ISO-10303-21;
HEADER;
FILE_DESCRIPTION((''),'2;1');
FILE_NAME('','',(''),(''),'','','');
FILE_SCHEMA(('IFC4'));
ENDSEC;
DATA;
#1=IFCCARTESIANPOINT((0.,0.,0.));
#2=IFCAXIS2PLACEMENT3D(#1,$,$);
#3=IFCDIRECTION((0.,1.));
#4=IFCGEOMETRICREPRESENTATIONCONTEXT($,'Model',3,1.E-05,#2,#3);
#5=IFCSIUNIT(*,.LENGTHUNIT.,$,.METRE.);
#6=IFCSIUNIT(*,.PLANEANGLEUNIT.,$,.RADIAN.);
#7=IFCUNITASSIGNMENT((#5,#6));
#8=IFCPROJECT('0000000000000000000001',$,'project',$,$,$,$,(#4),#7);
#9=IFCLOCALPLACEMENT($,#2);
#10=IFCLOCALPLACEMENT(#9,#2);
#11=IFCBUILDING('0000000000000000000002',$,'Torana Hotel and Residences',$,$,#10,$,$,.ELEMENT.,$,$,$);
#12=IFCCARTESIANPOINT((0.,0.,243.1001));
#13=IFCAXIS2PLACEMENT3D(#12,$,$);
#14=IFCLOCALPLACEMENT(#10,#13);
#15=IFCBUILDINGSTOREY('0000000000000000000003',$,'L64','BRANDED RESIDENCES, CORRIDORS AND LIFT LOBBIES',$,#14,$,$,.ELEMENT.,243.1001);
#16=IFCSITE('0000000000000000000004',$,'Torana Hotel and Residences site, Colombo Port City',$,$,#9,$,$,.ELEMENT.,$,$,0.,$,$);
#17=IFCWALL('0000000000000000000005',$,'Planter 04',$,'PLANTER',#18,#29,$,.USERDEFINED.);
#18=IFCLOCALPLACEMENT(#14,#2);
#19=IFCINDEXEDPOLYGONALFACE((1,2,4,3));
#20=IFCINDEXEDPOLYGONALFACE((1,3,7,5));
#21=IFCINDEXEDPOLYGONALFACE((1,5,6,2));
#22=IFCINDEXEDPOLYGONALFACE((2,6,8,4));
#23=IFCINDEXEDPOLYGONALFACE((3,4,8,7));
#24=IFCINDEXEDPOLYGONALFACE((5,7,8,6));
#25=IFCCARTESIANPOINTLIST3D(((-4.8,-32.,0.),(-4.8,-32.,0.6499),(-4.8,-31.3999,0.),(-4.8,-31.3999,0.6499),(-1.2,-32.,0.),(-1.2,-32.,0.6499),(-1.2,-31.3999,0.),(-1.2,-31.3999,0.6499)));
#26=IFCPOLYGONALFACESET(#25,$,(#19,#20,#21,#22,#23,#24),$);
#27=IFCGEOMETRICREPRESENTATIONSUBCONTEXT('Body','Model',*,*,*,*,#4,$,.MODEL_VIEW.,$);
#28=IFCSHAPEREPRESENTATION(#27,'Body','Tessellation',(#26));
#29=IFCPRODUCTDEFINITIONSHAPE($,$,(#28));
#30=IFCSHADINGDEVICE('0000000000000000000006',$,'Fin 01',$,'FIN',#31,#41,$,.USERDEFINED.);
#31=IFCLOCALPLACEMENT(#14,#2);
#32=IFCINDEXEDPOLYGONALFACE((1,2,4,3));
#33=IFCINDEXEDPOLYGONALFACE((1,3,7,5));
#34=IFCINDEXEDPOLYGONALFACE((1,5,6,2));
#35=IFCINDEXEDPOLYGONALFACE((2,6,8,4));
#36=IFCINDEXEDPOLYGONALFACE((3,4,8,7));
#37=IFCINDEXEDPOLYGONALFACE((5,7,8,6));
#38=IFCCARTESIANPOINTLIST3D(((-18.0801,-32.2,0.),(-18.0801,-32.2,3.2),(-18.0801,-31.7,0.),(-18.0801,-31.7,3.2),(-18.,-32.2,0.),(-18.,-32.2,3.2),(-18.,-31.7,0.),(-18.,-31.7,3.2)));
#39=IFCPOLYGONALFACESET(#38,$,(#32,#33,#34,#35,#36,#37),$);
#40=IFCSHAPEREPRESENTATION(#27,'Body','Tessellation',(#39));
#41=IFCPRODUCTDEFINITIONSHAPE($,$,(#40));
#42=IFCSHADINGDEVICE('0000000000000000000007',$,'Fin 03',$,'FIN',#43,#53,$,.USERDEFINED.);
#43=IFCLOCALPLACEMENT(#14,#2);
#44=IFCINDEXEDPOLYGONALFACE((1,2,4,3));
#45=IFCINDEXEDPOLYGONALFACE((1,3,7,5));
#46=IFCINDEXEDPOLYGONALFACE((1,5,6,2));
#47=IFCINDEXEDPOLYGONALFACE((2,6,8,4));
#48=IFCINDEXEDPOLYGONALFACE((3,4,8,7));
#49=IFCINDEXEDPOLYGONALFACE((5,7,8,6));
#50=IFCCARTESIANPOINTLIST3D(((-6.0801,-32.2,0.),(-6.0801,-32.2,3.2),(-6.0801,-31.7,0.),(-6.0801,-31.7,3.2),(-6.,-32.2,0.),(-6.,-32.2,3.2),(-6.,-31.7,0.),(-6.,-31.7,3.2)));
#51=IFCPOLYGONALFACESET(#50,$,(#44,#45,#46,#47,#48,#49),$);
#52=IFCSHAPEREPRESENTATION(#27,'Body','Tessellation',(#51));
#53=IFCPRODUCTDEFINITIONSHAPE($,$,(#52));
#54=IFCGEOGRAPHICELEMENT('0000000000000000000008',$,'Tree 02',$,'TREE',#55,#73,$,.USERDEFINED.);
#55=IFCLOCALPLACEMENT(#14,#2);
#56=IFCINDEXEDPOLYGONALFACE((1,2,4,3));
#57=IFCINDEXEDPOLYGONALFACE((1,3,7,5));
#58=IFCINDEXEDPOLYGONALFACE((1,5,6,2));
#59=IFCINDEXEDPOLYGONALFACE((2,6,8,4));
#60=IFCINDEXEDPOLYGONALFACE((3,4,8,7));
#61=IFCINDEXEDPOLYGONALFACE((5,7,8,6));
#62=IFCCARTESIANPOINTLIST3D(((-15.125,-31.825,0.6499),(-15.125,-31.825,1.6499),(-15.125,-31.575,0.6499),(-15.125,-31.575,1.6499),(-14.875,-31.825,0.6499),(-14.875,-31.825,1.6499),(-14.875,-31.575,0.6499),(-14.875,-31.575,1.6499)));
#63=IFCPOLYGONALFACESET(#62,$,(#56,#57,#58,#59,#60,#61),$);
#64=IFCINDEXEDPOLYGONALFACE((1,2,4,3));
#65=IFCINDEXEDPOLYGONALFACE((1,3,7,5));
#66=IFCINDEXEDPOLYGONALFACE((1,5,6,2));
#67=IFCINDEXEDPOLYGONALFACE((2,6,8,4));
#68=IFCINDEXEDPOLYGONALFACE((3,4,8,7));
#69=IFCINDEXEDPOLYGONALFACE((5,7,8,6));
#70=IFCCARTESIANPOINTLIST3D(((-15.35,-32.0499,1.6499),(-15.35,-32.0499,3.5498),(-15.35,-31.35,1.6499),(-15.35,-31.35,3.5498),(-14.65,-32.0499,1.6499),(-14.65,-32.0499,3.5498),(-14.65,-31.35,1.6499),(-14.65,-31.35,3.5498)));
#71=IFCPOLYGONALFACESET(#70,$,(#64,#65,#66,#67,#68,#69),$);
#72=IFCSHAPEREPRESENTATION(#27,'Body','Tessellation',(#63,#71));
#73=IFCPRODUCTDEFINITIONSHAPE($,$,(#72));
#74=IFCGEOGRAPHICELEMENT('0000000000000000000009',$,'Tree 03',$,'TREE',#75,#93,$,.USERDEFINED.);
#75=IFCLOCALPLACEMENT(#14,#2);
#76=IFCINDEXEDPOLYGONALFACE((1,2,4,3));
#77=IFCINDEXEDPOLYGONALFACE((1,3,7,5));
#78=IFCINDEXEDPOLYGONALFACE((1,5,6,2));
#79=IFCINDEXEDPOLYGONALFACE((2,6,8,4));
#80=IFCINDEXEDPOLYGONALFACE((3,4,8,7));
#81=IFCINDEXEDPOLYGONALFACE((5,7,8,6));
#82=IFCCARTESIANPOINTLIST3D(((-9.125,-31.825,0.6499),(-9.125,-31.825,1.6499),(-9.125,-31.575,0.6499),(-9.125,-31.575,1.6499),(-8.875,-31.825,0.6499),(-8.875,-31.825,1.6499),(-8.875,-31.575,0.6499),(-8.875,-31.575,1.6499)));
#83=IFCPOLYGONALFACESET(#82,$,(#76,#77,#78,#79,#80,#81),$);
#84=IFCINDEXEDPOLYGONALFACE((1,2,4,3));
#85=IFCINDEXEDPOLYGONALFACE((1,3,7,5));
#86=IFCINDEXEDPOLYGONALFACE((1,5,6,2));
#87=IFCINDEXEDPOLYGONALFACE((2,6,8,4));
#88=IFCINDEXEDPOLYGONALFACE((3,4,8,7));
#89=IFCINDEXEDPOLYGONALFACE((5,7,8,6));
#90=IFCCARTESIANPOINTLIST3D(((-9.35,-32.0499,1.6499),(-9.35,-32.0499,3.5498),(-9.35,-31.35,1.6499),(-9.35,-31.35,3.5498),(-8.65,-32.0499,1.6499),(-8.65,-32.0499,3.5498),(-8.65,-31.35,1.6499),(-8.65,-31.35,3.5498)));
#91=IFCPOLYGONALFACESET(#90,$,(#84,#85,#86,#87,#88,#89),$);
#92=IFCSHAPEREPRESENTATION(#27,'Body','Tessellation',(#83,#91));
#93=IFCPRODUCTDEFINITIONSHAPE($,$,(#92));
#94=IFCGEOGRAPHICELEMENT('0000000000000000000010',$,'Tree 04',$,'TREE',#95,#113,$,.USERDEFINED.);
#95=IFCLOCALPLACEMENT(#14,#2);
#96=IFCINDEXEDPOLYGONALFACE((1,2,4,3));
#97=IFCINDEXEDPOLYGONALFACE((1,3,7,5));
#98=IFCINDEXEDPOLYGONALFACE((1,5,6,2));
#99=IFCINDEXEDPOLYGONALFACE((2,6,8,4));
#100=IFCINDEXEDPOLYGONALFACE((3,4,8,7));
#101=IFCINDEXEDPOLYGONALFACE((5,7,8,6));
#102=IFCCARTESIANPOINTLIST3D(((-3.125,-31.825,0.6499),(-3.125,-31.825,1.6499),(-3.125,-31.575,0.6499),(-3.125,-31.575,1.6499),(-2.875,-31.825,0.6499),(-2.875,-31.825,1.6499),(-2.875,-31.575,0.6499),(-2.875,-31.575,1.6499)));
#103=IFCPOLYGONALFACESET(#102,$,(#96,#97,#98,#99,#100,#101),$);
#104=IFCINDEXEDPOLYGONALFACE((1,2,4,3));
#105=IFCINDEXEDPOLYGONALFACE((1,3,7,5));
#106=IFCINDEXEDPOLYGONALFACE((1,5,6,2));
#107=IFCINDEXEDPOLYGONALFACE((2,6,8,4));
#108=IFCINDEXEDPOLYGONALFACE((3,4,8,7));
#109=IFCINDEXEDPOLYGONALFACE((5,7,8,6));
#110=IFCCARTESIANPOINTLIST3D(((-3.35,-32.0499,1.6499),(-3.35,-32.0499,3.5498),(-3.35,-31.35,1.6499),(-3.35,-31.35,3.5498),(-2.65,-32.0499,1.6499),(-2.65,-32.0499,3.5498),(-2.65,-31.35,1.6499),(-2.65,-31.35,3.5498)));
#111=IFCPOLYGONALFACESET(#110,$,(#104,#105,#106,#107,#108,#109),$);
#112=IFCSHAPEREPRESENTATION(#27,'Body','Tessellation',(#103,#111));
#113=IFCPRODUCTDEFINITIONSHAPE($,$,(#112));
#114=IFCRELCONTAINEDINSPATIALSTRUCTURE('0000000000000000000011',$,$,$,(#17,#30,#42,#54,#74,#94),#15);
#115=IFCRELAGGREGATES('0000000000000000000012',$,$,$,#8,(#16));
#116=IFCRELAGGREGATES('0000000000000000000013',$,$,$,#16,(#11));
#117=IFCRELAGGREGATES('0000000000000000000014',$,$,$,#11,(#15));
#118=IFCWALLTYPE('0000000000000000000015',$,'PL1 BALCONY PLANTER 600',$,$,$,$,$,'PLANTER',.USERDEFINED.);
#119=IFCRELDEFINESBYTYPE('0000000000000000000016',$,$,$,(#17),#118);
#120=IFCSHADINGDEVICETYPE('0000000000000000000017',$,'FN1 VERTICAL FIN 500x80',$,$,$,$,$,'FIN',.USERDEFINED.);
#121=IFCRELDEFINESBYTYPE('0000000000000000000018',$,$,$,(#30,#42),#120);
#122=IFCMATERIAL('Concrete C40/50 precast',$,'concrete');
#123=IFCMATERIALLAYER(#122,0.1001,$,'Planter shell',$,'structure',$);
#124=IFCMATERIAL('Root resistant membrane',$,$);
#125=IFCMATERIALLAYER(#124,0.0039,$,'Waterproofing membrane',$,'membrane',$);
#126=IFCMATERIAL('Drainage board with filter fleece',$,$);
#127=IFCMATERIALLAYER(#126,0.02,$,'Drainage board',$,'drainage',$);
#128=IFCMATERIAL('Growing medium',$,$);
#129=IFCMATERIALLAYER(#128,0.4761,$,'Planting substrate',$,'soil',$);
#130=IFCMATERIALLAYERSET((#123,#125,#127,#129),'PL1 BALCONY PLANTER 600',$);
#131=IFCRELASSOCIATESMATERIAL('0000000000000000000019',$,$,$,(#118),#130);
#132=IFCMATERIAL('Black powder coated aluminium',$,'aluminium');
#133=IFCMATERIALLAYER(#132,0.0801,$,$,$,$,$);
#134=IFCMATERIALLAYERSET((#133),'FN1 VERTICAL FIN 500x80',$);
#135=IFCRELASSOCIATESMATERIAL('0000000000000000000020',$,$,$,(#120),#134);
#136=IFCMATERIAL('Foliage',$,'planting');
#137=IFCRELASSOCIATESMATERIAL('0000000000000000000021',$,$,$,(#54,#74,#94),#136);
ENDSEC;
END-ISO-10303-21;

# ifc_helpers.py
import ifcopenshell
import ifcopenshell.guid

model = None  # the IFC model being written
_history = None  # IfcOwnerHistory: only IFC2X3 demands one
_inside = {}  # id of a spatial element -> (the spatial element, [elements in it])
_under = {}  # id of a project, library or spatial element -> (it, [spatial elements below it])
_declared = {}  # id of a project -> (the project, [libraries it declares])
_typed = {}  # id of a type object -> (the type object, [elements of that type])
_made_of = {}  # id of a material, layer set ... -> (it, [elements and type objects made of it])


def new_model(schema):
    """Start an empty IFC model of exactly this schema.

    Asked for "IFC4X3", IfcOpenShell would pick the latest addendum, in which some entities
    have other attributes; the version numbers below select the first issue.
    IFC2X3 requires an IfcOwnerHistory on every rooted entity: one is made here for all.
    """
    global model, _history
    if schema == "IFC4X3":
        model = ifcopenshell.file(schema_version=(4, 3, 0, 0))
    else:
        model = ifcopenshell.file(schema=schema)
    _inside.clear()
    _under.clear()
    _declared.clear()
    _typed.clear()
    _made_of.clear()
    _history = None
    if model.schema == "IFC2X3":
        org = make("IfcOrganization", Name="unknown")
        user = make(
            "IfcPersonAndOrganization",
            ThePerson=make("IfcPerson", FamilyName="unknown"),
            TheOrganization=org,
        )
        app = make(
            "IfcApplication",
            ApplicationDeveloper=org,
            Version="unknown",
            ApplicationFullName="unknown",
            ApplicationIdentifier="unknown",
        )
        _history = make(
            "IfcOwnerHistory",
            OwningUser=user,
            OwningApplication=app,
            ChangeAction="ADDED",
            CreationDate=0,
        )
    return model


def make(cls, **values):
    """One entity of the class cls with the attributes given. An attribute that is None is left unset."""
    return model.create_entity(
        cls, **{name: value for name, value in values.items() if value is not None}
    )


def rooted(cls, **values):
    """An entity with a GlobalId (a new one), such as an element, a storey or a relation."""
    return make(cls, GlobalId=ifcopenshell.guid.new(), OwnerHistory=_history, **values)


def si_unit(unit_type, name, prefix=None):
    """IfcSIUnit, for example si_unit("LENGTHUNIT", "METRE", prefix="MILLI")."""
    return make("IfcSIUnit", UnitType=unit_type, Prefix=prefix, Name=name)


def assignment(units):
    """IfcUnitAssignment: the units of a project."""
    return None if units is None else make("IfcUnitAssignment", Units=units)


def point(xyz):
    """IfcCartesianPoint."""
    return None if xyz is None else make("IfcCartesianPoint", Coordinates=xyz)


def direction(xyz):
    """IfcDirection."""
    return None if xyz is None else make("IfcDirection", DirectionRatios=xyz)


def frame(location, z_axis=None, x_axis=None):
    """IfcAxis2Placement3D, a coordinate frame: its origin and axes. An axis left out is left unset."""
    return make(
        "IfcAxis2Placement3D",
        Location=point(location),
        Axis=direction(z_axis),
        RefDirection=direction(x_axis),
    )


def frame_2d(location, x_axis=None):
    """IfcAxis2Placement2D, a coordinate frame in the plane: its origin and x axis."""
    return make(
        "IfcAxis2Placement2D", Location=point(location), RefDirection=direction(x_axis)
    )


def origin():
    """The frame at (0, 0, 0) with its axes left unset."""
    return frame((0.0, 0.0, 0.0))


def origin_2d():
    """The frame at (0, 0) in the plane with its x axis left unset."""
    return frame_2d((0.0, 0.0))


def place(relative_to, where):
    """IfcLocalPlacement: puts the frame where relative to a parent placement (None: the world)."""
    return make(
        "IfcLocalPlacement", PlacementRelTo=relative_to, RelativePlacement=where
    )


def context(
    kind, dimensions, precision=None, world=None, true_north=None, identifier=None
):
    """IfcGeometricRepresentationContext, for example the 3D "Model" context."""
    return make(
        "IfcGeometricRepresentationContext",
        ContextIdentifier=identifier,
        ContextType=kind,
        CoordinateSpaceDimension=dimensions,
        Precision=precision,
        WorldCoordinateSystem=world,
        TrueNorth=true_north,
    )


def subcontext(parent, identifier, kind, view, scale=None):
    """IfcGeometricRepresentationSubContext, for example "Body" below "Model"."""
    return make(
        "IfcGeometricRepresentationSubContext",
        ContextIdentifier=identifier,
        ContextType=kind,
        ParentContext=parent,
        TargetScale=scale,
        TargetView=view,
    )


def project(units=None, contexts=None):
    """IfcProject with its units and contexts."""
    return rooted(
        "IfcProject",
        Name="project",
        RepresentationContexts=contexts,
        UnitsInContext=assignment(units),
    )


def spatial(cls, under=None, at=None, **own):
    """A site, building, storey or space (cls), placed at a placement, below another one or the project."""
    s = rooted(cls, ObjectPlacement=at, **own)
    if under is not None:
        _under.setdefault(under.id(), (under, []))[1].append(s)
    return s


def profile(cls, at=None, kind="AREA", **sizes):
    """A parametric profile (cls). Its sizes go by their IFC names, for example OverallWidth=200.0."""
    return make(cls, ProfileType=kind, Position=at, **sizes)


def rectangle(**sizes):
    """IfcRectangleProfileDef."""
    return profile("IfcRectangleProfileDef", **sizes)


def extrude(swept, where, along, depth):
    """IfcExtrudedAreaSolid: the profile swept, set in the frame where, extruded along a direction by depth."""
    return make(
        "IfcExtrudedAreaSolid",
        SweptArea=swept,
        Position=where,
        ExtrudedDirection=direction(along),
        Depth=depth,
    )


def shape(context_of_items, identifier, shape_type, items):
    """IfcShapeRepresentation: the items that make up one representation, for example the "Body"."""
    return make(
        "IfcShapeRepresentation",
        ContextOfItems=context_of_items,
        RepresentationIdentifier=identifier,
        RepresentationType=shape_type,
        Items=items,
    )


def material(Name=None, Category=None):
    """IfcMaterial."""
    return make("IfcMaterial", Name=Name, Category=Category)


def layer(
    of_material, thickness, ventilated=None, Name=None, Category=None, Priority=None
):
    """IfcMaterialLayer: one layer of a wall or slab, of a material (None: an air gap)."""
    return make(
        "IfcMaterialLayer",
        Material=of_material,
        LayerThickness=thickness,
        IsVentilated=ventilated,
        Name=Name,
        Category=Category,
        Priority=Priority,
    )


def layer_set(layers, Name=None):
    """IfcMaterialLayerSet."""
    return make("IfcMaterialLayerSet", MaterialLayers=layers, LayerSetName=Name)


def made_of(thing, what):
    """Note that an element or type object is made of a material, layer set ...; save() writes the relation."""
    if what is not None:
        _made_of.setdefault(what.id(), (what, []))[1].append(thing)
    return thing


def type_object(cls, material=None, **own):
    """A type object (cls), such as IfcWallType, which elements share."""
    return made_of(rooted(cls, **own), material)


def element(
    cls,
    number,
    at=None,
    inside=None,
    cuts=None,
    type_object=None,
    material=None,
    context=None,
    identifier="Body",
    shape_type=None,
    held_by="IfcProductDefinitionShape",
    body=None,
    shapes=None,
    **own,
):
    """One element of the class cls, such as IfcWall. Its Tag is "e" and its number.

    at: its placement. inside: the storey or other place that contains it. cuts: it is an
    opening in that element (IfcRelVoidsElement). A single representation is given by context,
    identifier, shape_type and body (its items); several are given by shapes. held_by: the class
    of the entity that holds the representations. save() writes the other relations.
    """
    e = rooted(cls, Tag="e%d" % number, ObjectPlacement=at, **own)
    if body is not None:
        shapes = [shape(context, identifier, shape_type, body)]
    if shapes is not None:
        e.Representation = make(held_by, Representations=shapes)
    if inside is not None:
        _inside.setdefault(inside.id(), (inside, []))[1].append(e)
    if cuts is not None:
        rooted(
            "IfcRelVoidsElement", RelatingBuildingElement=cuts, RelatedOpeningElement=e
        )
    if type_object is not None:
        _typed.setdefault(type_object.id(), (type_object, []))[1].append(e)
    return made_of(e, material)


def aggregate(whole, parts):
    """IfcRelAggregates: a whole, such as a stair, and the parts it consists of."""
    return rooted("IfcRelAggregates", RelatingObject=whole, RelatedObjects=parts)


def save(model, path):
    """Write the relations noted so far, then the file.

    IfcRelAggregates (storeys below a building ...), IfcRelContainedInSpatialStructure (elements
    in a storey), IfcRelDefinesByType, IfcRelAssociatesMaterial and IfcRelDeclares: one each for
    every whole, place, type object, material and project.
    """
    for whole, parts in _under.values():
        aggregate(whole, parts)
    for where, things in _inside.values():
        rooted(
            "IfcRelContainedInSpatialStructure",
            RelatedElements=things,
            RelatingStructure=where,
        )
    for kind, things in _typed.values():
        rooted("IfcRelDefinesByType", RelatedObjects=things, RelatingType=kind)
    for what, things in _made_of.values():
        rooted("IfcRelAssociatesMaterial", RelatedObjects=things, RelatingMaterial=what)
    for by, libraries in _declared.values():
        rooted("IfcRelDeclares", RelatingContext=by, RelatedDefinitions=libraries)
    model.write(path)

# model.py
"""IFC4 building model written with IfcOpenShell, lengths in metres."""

from ifc_helpers import new_model, si_unit, direction, frame, frame_2d, origin, origin_2d, place, context, subcontext, project, spatial, rectangle, extrude, material, layer, layer_set, type_object, element, save


model = new_model("IFC4")

# Units and contexts
model_context = context("Model", 3, precision=1e-05, world=origin(), true_north=direction((0.0, 1.0)))
body_context = subcontext(model_context, "Body", "Model", "MODEL_VIEW")
ifc_project = project(units=[si_unit("LENGTHUNIT", "METRE"), si_unit("PLANEANGLEUNIT", "RADIAN")], contexts=[model_context])

# Site, building, storey
site_placement = place(None, origin())
site = spatial("IfcSite", under=ifc_project, at=site_placement, Name="Torana Hotel and Residences site, Colombo Port City", CompositionType="ELEMENT", RefElevation=0.0)
building_placement = place(site_placement, origin())
building = spatial("IfcBuilding", under=site, at=building_placement, Name="Torana Hotel and Residences", CompositionType="ELEMENT")
storey_placement = place(building_placement, frame((0.0, 0.0, 243.1001)))
storey = spatial("IfcBuildingStorey", under=building, at=storey_placement, Name="L64", Description="BRANDED RESIDENCES, CORRIDORS AND LIFT LOBBIES", CompositionType="ELEMENT", Elevation=243.1001)

# Wall
ifc_material_1 = material(Name="Concrete C40/50 precast", Category="concrete")
ifc_layer_1 = layer(ifc_material_1, 0.1001, Name="Planter shell", Category="structure")
ifc_material_2 = material(Name="Root resistant membrane")
ifc_layer_2 = layer(ifc_material_2, 0.0039, Name="Waterproofing membrane", Category="membrane")
ifc_material_3 = material(Name="Drainage board with filter fleece")
ifc_layer_3 = layer(ifc_material_3, 0.02, Name="Drainage board", Category="drainage")
ifc_material_4 = material(Name="Growing medium")
ifc_layer_4 = layer(ifc_material_4, 0.4761, Name="Planting substrate", Category="soil")
ifc_layer_set_1 = layer_set([ifc_layer_1, ifc_layer_2, ifc_layer_3, ifc_layer_4], Name="PL1 BALCONY PLANTER 600")
wall_type_1 = type_object("IfcWallType", Name="PL1 BALCONY PLANTER 600", ElementType="PLANTER", PredefinedType="USERDEFINED", material=ifc_layer_set_1)
for number, where, z_axis, x_axis, name in (
    (1, (-1.2, -31.7, 0.0), (0.0, 0.0, 1.0), (-1.0, 0.0, 0.0), "Planter 04"),
):
    element("IfcWall", number, at=place(storey_placement, frame(where, z_axis=z_axis, x_axis=x_axis)), inside=storey, type_object=wall_type_1, Name=name, ObjectType="PLANTER", PredefinedType="USERDEFINED", context=body_context, shape_type="SweptSolid", body=[
        extrude(rectangle(XDim=3.6001, YDim=0.6001, at=frame_2d((1.8, 0.0))), origin(), (0.0, 0.0, 1.0), 0.6499),
    ])

# Shading devices
ifc_material_5 = material(Name="Black powder coated aluminium", Category="aluminium")
ifc_layer_5 = layer(ifc_material_5, 0.0801)
ifc_layer_set_2 = layer_set([ifc_layer_5], Name="FN1 VERTICAL FIN 500x80")
shading_device_type = type_object("IfcShadingDeviceType", Name="FN1 VERTICAL FIN 500x80", ElementType="FIN", PredefinedType="USERDEFINED", material=ifc_layer_set_2)
for number, where, z_axis, x_axis, name in (
    (2, (-18.04, -31.95, 0.0), (0.0, 0.0, 1.0), (-1.0, 0.0, 0.0), "Fin 01"),
    (3, (-6.04, -31.95, 0.0), (0.0, 0.0, 1.0), (-1.0, 0.0, 0.0), "Fin 03"),
):
    element("IfcShadingDevice", number, at=place(storey_placement, frame(where, z_axis=z_axis, x_axis=x_axis)), inside=storey, type_object=shading_device_type, Name=name, ObjectType="FIN", PredefinedType="USERDEFINED", context=body_context, shape_type="SweptSolid", body=[
        extrude(rectangle(XDim=0.0801, YDim=0.5, at=origin_2d()), origin(), (0.0, 0.0, 1.0), 3.2),
    ])

# Geographic elements
ifc_material_6 = material(Name="Foliage", Category="planting")
for number, where, z_axis, x_axis, name in (
    (4, (-15.0, -31.7, 0.6499), (0.0, 0.0, 1.0), (1.0, 0.0, 0.0), "Tree 02"),
    (5, (-9.0, -31.7, 0.6499), (0.0, 0.0, 1.0), (1.0, 0.0, 0.0), "Tree 03"),
    (6, (-3.0, -31.7, 0.6499), (0.0, 0.0, 1.0), (1.0, 0.0, 0.0), "Tree 04"),
):
    element("IfcGeographicElement", number, at=place(storey_placement, frame(where, z_axis=z_axis, x_axis=x_axis)), inside=storey, material=ifc_material_6, Name=name, ObjectType="TREE", PredefinedType="USERDEFINED", context=body_context, shape_type="SweptSolid", body=[
        extrude(rectangle(XDim=0.25, YDim=0.25, at=origin_2d()), origin(), (0.0, 0.0, 1.0), 1.0),
        extrude(rectangle(XDim=0.7, YDim=0.7, at=origin_2d()), frame((0.0, 0.0, 1.0)), (0.0, 0.0, 1.0), 1.8999),
    ])

save(model, "model.ifc")
